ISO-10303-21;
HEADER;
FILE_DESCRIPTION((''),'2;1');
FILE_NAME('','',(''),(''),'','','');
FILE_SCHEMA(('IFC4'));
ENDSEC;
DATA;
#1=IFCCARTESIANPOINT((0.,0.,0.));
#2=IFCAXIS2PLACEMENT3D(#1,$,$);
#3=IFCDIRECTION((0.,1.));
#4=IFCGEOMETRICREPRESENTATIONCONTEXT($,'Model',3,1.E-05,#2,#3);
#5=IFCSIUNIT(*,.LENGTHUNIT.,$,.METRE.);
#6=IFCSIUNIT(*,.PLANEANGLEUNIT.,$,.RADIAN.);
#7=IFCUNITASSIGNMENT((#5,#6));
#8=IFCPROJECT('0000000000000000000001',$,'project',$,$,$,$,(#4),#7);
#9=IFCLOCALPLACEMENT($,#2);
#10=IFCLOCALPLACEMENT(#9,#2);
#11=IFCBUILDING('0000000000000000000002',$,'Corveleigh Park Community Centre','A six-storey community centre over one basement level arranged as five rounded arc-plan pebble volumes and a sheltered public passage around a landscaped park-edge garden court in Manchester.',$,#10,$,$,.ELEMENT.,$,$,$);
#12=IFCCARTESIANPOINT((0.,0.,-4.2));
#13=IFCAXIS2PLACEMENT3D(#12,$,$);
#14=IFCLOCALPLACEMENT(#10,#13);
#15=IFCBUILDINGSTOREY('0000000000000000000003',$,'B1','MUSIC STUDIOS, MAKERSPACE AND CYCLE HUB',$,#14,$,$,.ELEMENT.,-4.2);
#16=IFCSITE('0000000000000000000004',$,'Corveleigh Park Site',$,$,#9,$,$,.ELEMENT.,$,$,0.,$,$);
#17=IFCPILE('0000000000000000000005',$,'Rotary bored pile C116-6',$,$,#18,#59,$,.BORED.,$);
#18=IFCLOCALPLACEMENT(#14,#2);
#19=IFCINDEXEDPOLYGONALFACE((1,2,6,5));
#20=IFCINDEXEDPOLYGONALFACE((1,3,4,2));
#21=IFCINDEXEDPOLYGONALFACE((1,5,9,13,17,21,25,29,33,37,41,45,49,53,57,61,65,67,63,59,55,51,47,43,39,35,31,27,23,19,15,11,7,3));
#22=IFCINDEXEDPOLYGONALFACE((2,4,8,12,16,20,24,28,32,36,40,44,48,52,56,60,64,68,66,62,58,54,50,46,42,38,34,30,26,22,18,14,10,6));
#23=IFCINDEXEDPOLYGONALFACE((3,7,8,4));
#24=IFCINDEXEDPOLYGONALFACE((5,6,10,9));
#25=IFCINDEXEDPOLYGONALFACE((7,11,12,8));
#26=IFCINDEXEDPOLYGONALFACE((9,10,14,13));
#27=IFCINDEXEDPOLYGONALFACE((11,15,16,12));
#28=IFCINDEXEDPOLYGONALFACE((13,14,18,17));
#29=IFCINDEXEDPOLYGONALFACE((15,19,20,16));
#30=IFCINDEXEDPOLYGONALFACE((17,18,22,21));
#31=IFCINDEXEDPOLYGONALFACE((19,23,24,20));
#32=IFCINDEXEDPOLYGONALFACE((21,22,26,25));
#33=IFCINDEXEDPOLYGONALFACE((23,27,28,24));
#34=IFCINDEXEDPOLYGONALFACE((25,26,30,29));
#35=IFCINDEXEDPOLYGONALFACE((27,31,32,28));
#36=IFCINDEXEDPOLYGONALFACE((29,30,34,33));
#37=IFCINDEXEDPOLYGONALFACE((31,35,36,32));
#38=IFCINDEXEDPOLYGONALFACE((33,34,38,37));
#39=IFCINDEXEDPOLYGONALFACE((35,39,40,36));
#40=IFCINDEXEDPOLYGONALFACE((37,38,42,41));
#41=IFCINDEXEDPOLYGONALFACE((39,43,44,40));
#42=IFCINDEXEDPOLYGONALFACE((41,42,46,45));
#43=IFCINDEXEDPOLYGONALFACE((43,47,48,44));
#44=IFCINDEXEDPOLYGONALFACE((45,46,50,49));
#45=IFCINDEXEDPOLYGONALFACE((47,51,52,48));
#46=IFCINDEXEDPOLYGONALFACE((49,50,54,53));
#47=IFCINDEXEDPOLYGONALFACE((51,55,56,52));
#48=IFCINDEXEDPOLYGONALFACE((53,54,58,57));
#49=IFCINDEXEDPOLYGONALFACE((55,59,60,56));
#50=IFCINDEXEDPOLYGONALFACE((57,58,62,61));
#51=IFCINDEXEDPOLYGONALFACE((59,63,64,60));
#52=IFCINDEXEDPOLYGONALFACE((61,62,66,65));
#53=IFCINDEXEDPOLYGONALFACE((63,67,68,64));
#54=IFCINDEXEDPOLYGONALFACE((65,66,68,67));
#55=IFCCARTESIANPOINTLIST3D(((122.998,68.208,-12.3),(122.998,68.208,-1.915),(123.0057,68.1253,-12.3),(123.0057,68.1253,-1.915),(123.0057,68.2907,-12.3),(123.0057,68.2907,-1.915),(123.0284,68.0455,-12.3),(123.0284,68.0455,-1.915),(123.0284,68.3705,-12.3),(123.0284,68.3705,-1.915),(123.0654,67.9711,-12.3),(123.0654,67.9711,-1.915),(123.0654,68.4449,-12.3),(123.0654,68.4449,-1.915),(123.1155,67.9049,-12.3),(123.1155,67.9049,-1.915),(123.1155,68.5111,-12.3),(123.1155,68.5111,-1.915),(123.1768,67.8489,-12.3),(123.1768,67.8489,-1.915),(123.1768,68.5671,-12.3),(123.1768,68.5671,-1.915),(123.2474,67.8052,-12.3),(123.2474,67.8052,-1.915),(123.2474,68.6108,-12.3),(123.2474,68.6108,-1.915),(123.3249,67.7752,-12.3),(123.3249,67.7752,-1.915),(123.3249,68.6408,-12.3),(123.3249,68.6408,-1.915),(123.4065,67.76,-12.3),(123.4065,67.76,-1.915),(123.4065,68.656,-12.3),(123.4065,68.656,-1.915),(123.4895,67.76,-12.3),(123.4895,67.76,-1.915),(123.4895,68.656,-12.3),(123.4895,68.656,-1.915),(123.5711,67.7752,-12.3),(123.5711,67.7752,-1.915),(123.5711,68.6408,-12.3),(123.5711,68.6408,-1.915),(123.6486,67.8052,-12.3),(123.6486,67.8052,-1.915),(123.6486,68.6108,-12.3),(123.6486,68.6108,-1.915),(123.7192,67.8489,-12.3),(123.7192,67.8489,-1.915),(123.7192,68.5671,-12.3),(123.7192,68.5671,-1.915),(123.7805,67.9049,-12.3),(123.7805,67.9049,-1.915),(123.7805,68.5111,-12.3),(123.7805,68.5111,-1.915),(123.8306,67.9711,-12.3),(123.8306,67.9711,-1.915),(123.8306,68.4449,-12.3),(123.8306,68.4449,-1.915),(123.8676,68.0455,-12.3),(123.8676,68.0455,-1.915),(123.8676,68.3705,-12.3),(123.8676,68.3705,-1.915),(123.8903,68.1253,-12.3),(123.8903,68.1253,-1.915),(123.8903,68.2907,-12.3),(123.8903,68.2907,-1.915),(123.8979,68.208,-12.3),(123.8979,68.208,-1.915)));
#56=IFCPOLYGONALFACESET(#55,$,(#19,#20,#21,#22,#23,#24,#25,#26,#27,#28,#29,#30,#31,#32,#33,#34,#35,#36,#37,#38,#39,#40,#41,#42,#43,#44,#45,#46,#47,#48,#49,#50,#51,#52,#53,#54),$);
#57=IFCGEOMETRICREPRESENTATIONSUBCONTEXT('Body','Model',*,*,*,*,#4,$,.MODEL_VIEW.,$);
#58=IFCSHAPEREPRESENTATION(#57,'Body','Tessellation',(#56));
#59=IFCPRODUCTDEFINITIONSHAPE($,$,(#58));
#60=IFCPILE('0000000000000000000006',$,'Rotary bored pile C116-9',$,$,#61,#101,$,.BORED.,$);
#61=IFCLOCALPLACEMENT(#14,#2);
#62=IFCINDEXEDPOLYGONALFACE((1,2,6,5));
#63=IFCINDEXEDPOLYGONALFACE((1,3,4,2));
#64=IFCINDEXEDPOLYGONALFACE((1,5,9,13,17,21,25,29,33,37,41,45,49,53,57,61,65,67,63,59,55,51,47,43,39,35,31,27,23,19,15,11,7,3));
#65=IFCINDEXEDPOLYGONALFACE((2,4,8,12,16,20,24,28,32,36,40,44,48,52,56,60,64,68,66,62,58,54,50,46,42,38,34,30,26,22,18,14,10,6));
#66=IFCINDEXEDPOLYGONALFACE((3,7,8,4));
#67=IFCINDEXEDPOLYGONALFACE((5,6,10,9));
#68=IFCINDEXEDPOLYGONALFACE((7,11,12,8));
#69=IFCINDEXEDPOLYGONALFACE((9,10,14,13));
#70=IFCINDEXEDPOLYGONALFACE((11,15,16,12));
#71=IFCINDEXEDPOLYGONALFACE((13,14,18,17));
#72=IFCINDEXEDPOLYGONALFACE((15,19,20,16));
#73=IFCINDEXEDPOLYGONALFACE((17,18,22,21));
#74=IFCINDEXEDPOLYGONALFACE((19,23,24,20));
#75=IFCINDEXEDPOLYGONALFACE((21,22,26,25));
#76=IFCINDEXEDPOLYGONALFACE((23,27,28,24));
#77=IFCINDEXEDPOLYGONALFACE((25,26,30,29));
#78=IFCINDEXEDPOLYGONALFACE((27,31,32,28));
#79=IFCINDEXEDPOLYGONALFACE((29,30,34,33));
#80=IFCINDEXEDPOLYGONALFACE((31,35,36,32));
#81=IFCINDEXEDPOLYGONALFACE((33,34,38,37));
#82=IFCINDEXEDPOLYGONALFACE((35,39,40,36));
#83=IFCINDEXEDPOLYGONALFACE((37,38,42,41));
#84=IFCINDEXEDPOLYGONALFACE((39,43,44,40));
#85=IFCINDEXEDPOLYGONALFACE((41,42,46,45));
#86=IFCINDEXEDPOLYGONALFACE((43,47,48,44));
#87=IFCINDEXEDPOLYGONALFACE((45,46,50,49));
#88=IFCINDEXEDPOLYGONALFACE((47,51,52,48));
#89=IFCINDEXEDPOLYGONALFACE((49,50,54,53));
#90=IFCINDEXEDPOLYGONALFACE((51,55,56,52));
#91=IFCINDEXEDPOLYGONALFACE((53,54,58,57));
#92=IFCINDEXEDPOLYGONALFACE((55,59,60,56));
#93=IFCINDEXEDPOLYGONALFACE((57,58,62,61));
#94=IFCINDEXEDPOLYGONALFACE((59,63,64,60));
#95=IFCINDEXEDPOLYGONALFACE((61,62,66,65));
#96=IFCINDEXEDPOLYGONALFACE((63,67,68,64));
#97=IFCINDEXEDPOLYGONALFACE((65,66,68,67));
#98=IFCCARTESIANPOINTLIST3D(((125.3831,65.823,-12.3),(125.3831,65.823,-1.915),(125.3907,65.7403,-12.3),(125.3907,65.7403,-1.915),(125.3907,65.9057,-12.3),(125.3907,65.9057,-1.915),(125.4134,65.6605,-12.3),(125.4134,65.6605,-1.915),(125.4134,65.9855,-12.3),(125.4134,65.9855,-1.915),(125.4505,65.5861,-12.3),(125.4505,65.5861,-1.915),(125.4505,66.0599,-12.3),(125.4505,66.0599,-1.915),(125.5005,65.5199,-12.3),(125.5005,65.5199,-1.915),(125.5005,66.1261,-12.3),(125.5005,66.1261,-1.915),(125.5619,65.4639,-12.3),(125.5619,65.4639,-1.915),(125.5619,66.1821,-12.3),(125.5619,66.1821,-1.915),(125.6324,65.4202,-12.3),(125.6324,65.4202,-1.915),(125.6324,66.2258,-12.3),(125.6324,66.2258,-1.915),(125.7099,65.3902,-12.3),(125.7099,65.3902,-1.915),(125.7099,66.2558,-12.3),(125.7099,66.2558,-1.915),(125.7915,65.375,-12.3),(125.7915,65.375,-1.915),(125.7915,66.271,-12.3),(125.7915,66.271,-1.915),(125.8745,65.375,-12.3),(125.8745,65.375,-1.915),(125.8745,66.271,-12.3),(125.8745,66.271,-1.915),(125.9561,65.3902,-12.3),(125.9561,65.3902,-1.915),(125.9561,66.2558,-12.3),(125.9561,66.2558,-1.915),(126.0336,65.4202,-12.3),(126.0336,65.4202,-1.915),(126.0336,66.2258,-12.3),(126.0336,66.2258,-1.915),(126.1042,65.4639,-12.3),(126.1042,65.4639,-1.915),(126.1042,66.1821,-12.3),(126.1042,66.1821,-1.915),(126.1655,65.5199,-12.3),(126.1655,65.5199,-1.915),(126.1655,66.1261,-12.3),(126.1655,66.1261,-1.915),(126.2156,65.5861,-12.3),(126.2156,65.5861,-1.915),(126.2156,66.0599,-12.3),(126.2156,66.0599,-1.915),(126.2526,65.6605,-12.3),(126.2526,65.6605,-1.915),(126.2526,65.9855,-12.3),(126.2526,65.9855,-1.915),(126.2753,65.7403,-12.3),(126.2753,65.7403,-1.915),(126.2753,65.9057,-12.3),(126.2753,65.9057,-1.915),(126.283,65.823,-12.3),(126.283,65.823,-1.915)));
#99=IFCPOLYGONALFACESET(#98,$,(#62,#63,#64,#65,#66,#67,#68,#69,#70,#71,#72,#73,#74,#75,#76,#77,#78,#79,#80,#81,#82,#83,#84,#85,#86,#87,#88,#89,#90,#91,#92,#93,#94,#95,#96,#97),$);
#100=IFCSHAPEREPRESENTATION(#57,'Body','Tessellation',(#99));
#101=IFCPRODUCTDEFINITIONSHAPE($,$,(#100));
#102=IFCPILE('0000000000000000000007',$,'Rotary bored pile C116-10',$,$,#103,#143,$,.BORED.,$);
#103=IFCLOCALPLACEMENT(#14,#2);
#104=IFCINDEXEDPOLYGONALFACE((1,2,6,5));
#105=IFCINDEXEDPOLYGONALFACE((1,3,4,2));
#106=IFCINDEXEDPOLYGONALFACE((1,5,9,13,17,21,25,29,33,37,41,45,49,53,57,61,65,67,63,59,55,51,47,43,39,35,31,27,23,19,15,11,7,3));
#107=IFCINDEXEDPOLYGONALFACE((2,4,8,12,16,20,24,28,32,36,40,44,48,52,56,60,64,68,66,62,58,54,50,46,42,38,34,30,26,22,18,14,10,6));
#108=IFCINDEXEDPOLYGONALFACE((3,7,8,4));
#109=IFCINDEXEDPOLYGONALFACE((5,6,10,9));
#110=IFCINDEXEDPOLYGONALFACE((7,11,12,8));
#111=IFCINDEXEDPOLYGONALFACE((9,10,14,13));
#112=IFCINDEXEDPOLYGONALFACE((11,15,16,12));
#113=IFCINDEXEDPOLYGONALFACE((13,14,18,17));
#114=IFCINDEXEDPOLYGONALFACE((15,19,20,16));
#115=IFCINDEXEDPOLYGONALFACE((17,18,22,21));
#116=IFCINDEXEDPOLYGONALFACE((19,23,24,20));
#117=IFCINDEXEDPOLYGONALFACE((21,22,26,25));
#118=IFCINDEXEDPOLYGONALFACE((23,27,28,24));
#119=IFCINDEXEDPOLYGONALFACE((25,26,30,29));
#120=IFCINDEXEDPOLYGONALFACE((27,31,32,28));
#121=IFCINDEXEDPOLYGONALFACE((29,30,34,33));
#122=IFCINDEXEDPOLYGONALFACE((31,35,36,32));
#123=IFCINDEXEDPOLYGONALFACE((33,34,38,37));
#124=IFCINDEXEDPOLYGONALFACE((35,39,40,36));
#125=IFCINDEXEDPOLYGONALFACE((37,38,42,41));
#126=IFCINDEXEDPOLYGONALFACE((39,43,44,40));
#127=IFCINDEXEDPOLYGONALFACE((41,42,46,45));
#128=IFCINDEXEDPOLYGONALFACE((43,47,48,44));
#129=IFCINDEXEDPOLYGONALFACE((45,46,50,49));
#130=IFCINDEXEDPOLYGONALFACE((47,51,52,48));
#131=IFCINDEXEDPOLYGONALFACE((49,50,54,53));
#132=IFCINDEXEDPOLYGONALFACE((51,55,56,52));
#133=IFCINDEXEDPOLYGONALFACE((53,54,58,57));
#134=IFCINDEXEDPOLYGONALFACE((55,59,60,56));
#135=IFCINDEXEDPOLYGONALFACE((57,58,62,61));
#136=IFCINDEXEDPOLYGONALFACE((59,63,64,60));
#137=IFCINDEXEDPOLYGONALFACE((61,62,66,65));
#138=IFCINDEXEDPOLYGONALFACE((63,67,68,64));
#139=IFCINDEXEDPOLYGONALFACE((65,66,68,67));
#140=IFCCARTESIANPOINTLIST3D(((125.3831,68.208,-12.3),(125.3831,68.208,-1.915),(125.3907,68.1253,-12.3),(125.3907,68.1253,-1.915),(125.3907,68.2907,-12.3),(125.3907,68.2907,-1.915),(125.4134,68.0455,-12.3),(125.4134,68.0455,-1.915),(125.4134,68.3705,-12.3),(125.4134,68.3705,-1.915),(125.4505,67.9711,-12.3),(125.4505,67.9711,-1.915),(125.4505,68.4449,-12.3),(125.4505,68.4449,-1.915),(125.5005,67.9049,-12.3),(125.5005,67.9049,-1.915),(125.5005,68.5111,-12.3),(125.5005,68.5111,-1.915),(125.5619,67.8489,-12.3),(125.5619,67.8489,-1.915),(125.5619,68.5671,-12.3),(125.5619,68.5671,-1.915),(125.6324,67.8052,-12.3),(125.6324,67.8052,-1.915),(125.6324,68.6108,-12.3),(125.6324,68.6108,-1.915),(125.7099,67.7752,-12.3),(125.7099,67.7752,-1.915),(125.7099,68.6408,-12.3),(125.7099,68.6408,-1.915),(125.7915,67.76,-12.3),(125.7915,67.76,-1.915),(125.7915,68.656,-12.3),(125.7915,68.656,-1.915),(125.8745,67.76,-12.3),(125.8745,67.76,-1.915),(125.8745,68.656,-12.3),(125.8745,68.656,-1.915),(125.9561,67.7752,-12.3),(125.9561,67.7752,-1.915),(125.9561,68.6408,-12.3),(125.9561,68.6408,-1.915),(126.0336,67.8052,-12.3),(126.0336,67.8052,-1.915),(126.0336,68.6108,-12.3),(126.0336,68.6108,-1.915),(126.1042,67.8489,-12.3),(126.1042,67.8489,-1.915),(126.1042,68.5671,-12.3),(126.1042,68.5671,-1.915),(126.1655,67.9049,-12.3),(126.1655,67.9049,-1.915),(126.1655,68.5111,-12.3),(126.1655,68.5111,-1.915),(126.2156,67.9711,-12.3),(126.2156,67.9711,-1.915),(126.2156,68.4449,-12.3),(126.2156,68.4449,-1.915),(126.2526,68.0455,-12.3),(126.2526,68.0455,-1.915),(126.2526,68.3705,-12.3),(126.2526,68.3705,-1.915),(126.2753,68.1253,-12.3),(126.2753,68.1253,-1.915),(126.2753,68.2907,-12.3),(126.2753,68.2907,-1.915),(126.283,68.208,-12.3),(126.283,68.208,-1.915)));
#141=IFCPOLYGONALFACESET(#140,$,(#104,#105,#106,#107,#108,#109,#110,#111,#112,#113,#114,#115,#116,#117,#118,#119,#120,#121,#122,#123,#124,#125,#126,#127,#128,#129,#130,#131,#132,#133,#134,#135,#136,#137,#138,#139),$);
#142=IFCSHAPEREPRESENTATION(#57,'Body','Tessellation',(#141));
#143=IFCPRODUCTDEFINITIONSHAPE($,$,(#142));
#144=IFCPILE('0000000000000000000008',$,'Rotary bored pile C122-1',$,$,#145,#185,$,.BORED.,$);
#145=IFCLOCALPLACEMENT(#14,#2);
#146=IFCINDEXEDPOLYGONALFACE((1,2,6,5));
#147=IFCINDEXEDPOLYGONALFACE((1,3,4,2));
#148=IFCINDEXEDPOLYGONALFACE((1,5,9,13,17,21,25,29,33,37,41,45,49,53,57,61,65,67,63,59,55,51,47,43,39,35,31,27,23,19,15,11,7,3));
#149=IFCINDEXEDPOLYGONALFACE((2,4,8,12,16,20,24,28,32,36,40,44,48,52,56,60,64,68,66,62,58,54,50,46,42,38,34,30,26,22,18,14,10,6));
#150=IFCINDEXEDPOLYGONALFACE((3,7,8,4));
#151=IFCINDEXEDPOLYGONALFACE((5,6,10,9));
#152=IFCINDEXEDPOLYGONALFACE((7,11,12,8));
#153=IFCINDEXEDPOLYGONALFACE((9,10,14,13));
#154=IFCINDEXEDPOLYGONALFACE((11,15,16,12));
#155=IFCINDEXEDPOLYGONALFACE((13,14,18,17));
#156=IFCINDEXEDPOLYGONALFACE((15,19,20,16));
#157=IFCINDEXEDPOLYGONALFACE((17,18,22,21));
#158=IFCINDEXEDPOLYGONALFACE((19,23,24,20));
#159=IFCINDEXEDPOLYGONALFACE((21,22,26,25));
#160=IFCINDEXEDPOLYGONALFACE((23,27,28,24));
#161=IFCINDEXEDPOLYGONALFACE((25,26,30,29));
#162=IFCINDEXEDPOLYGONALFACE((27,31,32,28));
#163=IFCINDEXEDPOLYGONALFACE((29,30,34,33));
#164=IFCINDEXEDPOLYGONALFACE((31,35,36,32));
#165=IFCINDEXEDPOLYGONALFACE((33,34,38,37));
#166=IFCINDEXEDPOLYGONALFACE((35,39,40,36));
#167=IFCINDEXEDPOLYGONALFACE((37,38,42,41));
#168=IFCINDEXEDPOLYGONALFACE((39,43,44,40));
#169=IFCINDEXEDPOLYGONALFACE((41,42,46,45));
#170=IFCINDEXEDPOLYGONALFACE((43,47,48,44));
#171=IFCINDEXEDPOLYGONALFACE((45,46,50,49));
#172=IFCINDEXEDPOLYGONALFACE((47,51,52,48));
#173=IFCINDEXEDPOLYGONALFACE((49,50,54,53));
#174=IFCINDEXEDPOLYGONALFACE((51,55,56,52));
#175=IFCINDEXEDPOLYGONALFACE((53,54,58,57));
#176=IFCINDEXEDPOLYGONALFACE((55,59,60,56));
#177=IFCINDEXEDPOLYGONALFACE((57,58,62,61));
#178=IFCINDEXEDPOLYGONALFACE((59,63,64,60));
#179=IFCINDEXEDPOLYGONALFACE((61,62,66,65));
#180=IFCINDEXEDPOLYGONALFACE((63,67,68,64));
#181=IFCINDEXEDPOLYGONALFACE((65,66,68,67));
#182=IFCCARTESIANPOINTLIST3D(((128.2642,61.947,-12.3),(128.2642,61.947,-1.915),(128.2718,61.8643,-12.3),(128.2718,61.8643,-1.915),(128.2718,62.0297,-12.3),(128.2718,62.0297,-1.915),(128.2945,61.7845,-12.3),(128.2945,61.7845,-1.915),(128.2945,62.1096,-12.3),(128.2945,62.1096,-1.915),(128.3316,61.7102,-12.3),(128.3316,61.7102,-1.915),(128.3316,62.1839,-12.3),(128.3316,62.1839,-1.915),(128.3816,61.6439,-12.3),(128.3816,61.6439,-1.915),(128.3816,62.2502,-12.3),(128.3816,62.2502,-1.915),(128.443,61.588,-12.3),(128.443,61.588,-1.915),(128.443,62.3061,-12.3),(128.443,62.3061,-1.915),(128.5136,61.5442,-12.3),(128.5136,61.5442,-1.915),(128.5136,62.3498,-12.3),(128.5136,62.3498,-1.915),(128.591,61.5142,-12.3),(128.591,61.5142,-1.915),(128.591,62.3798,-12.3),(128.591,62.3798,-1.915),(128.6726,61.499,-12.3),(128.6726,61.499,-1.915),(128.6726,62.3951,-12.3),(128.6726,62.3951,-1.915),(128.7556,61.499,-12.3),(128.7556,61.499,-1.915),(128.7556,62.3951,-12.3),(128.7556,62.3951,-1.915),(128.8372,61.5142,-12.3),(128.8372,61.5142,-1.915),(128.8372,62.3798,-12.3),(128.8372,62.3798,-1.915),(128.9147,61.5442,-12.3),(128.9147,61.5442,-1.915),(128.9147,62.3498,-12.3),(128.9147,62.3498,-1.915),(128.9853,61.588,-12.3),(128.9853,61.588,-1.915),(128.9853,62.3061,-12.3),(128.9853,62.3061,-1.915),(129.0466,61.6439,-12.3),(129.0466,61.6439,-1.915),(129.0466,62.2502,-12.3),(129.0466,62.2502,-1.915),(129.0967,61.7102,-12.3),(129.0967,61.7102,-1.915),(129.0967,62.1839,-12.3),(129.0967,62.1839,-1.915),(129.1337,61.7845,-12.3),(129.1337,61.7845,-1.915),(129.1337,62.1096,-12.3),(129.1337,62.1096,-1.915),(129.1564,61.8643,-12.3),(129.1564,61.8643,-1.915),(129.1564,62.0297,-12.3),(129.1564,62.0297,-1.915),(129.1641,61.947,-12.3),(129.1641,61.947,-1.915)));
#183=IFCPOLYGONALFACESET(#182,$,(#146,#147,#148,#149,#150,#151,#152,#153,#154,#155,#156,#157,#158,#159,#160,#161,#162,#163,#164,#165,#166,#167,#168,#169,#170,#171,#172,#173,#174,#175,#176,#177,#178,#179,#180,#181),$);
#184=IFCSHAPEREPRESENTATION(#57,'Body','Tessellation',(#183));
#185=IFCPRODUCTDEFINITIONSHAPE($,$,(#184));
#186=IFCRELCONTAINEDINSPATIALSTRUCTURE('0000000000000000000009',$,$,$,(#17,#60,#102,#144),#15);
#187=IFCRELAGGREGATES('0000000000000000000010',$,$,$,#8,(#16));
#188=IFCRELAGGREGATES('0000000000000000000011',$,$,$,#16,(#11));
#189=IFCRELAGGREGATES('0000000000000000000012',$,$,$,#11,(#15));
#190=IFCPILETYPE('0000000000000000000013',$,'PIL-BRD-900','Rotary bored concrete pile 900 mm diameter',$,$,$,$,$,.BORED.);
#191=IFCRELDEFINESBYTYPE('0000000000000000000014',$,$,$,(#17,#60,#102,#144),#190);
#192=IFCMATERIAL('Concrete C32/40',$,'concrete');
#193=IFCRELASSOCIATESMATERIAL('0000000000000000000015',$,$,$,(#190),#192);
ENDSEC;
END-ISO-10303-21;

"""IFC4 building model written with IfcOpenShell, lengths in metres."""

from ifc_helpers import new_model, si_unit, direction, frame, origin, origin_2d, place, context, subcontext, project, spatial, circle, extrude, material, material_profile, profile_set, type_object, element, save


model = new_model("IFC4")

# Units and contexts
model_context = context("Model", 3, precision=1e-05, world=origin(), true_north=direction((0.0, 1.0)))
body_context = subcontext(model_context, "Body", "Model", "MODEL_VIEW")
ifc_project = project(units=[si_unit("LENGTHUNIT", "METRE"), si_unit("PLANEANGLEUNIT", "RADIAN")], contexts=[model_context])

# Site, building, storey
site_placement = place(None, origin())
site = spatial("IfcSite", under=ifc_project, at=site_placement, Name="Corveleigh Park Site", CompositionType="ELEMENT", RefElevation=0.0)
building_placement = place(site_placement, origin())
building = spatial("IfcBuilding", under=site, at=building_placement, Name="Corveleigh Park Community Centre", Description="A six-storey community centre over one basement level arranged as five rounded arc-plan pebble volumes and a sheltered public passage around a landscaped park-edge garden court in Manchester.", CompositionType="ELEMENT")
storey_placement = place(building_placement, frame((0.0, 0.0, -4.2)))
storey = spatial("IfcBuildingStorey", under=building, at=storey_placement, Name="B1", Description="MUSIC STUDIOS, MAKERSPACE AND CYCLE HUB", CompositionType="ELEMENT", Elevation=-4.2)

# Piles
ifc_material_1 = material(Name="Concrete C32/40", Category="concrete")
ifc_material_profile_1 = material_profile(ifc_material_1, circle(Radius=0.45, at=origin_2d()), Name="BORED-PILE-900", Category="concrete")
ifc_profile_set_1 = profile_set([ifc_material_profile_1], Name="Concrete C32/40")
pile_type = type_object("IfcPileType", Name="PIL-BRD-900", Description="Rotary bored concrete pile 900 mm diameter", PredefinedType="BORED", material=ifc_profile_set_1)
for number, where, z_axis, x_axis, name in (
    (1, (123.448, 68.208, -1.915), (0.0, 0.0, -1.0), (1.0, 0.0, 0.0), "Rotary bored pile C116-6"),
    (2, (125.833, 65.823, -1.915), (0.0, 0.0, -1.0), (1.0, 0.0, 0.0), "Rotary bored pile C116-9"),
    (3, (125.833, 68.208, -1.915), (0.0, 0.0, -1.0), (1.0, 0.0, 0.0), "Rotary bored pile C116-10"),
    (4, (128.7141, 61.947, -1.915), (0.0, 0.0, -1.0), (1.0, 0.0, 0.0), "Rotary bored pile C122-1"),
):
    element("IfcPile", number, at=place(storey_placement, frame(where, z_axis=z_axis, x_axis=x_axis)), inside=storey, type_object=pile_type, Name=name, PredefinedType="BORED", context=body_context, shape_type="SweptSolid", body=[
        extrude(circle(Radius=0.45, at=origin_2d()), origin(), (0.0, 0.0, 1.0), 10.385),
    ])

save(model, "model.ifc")
